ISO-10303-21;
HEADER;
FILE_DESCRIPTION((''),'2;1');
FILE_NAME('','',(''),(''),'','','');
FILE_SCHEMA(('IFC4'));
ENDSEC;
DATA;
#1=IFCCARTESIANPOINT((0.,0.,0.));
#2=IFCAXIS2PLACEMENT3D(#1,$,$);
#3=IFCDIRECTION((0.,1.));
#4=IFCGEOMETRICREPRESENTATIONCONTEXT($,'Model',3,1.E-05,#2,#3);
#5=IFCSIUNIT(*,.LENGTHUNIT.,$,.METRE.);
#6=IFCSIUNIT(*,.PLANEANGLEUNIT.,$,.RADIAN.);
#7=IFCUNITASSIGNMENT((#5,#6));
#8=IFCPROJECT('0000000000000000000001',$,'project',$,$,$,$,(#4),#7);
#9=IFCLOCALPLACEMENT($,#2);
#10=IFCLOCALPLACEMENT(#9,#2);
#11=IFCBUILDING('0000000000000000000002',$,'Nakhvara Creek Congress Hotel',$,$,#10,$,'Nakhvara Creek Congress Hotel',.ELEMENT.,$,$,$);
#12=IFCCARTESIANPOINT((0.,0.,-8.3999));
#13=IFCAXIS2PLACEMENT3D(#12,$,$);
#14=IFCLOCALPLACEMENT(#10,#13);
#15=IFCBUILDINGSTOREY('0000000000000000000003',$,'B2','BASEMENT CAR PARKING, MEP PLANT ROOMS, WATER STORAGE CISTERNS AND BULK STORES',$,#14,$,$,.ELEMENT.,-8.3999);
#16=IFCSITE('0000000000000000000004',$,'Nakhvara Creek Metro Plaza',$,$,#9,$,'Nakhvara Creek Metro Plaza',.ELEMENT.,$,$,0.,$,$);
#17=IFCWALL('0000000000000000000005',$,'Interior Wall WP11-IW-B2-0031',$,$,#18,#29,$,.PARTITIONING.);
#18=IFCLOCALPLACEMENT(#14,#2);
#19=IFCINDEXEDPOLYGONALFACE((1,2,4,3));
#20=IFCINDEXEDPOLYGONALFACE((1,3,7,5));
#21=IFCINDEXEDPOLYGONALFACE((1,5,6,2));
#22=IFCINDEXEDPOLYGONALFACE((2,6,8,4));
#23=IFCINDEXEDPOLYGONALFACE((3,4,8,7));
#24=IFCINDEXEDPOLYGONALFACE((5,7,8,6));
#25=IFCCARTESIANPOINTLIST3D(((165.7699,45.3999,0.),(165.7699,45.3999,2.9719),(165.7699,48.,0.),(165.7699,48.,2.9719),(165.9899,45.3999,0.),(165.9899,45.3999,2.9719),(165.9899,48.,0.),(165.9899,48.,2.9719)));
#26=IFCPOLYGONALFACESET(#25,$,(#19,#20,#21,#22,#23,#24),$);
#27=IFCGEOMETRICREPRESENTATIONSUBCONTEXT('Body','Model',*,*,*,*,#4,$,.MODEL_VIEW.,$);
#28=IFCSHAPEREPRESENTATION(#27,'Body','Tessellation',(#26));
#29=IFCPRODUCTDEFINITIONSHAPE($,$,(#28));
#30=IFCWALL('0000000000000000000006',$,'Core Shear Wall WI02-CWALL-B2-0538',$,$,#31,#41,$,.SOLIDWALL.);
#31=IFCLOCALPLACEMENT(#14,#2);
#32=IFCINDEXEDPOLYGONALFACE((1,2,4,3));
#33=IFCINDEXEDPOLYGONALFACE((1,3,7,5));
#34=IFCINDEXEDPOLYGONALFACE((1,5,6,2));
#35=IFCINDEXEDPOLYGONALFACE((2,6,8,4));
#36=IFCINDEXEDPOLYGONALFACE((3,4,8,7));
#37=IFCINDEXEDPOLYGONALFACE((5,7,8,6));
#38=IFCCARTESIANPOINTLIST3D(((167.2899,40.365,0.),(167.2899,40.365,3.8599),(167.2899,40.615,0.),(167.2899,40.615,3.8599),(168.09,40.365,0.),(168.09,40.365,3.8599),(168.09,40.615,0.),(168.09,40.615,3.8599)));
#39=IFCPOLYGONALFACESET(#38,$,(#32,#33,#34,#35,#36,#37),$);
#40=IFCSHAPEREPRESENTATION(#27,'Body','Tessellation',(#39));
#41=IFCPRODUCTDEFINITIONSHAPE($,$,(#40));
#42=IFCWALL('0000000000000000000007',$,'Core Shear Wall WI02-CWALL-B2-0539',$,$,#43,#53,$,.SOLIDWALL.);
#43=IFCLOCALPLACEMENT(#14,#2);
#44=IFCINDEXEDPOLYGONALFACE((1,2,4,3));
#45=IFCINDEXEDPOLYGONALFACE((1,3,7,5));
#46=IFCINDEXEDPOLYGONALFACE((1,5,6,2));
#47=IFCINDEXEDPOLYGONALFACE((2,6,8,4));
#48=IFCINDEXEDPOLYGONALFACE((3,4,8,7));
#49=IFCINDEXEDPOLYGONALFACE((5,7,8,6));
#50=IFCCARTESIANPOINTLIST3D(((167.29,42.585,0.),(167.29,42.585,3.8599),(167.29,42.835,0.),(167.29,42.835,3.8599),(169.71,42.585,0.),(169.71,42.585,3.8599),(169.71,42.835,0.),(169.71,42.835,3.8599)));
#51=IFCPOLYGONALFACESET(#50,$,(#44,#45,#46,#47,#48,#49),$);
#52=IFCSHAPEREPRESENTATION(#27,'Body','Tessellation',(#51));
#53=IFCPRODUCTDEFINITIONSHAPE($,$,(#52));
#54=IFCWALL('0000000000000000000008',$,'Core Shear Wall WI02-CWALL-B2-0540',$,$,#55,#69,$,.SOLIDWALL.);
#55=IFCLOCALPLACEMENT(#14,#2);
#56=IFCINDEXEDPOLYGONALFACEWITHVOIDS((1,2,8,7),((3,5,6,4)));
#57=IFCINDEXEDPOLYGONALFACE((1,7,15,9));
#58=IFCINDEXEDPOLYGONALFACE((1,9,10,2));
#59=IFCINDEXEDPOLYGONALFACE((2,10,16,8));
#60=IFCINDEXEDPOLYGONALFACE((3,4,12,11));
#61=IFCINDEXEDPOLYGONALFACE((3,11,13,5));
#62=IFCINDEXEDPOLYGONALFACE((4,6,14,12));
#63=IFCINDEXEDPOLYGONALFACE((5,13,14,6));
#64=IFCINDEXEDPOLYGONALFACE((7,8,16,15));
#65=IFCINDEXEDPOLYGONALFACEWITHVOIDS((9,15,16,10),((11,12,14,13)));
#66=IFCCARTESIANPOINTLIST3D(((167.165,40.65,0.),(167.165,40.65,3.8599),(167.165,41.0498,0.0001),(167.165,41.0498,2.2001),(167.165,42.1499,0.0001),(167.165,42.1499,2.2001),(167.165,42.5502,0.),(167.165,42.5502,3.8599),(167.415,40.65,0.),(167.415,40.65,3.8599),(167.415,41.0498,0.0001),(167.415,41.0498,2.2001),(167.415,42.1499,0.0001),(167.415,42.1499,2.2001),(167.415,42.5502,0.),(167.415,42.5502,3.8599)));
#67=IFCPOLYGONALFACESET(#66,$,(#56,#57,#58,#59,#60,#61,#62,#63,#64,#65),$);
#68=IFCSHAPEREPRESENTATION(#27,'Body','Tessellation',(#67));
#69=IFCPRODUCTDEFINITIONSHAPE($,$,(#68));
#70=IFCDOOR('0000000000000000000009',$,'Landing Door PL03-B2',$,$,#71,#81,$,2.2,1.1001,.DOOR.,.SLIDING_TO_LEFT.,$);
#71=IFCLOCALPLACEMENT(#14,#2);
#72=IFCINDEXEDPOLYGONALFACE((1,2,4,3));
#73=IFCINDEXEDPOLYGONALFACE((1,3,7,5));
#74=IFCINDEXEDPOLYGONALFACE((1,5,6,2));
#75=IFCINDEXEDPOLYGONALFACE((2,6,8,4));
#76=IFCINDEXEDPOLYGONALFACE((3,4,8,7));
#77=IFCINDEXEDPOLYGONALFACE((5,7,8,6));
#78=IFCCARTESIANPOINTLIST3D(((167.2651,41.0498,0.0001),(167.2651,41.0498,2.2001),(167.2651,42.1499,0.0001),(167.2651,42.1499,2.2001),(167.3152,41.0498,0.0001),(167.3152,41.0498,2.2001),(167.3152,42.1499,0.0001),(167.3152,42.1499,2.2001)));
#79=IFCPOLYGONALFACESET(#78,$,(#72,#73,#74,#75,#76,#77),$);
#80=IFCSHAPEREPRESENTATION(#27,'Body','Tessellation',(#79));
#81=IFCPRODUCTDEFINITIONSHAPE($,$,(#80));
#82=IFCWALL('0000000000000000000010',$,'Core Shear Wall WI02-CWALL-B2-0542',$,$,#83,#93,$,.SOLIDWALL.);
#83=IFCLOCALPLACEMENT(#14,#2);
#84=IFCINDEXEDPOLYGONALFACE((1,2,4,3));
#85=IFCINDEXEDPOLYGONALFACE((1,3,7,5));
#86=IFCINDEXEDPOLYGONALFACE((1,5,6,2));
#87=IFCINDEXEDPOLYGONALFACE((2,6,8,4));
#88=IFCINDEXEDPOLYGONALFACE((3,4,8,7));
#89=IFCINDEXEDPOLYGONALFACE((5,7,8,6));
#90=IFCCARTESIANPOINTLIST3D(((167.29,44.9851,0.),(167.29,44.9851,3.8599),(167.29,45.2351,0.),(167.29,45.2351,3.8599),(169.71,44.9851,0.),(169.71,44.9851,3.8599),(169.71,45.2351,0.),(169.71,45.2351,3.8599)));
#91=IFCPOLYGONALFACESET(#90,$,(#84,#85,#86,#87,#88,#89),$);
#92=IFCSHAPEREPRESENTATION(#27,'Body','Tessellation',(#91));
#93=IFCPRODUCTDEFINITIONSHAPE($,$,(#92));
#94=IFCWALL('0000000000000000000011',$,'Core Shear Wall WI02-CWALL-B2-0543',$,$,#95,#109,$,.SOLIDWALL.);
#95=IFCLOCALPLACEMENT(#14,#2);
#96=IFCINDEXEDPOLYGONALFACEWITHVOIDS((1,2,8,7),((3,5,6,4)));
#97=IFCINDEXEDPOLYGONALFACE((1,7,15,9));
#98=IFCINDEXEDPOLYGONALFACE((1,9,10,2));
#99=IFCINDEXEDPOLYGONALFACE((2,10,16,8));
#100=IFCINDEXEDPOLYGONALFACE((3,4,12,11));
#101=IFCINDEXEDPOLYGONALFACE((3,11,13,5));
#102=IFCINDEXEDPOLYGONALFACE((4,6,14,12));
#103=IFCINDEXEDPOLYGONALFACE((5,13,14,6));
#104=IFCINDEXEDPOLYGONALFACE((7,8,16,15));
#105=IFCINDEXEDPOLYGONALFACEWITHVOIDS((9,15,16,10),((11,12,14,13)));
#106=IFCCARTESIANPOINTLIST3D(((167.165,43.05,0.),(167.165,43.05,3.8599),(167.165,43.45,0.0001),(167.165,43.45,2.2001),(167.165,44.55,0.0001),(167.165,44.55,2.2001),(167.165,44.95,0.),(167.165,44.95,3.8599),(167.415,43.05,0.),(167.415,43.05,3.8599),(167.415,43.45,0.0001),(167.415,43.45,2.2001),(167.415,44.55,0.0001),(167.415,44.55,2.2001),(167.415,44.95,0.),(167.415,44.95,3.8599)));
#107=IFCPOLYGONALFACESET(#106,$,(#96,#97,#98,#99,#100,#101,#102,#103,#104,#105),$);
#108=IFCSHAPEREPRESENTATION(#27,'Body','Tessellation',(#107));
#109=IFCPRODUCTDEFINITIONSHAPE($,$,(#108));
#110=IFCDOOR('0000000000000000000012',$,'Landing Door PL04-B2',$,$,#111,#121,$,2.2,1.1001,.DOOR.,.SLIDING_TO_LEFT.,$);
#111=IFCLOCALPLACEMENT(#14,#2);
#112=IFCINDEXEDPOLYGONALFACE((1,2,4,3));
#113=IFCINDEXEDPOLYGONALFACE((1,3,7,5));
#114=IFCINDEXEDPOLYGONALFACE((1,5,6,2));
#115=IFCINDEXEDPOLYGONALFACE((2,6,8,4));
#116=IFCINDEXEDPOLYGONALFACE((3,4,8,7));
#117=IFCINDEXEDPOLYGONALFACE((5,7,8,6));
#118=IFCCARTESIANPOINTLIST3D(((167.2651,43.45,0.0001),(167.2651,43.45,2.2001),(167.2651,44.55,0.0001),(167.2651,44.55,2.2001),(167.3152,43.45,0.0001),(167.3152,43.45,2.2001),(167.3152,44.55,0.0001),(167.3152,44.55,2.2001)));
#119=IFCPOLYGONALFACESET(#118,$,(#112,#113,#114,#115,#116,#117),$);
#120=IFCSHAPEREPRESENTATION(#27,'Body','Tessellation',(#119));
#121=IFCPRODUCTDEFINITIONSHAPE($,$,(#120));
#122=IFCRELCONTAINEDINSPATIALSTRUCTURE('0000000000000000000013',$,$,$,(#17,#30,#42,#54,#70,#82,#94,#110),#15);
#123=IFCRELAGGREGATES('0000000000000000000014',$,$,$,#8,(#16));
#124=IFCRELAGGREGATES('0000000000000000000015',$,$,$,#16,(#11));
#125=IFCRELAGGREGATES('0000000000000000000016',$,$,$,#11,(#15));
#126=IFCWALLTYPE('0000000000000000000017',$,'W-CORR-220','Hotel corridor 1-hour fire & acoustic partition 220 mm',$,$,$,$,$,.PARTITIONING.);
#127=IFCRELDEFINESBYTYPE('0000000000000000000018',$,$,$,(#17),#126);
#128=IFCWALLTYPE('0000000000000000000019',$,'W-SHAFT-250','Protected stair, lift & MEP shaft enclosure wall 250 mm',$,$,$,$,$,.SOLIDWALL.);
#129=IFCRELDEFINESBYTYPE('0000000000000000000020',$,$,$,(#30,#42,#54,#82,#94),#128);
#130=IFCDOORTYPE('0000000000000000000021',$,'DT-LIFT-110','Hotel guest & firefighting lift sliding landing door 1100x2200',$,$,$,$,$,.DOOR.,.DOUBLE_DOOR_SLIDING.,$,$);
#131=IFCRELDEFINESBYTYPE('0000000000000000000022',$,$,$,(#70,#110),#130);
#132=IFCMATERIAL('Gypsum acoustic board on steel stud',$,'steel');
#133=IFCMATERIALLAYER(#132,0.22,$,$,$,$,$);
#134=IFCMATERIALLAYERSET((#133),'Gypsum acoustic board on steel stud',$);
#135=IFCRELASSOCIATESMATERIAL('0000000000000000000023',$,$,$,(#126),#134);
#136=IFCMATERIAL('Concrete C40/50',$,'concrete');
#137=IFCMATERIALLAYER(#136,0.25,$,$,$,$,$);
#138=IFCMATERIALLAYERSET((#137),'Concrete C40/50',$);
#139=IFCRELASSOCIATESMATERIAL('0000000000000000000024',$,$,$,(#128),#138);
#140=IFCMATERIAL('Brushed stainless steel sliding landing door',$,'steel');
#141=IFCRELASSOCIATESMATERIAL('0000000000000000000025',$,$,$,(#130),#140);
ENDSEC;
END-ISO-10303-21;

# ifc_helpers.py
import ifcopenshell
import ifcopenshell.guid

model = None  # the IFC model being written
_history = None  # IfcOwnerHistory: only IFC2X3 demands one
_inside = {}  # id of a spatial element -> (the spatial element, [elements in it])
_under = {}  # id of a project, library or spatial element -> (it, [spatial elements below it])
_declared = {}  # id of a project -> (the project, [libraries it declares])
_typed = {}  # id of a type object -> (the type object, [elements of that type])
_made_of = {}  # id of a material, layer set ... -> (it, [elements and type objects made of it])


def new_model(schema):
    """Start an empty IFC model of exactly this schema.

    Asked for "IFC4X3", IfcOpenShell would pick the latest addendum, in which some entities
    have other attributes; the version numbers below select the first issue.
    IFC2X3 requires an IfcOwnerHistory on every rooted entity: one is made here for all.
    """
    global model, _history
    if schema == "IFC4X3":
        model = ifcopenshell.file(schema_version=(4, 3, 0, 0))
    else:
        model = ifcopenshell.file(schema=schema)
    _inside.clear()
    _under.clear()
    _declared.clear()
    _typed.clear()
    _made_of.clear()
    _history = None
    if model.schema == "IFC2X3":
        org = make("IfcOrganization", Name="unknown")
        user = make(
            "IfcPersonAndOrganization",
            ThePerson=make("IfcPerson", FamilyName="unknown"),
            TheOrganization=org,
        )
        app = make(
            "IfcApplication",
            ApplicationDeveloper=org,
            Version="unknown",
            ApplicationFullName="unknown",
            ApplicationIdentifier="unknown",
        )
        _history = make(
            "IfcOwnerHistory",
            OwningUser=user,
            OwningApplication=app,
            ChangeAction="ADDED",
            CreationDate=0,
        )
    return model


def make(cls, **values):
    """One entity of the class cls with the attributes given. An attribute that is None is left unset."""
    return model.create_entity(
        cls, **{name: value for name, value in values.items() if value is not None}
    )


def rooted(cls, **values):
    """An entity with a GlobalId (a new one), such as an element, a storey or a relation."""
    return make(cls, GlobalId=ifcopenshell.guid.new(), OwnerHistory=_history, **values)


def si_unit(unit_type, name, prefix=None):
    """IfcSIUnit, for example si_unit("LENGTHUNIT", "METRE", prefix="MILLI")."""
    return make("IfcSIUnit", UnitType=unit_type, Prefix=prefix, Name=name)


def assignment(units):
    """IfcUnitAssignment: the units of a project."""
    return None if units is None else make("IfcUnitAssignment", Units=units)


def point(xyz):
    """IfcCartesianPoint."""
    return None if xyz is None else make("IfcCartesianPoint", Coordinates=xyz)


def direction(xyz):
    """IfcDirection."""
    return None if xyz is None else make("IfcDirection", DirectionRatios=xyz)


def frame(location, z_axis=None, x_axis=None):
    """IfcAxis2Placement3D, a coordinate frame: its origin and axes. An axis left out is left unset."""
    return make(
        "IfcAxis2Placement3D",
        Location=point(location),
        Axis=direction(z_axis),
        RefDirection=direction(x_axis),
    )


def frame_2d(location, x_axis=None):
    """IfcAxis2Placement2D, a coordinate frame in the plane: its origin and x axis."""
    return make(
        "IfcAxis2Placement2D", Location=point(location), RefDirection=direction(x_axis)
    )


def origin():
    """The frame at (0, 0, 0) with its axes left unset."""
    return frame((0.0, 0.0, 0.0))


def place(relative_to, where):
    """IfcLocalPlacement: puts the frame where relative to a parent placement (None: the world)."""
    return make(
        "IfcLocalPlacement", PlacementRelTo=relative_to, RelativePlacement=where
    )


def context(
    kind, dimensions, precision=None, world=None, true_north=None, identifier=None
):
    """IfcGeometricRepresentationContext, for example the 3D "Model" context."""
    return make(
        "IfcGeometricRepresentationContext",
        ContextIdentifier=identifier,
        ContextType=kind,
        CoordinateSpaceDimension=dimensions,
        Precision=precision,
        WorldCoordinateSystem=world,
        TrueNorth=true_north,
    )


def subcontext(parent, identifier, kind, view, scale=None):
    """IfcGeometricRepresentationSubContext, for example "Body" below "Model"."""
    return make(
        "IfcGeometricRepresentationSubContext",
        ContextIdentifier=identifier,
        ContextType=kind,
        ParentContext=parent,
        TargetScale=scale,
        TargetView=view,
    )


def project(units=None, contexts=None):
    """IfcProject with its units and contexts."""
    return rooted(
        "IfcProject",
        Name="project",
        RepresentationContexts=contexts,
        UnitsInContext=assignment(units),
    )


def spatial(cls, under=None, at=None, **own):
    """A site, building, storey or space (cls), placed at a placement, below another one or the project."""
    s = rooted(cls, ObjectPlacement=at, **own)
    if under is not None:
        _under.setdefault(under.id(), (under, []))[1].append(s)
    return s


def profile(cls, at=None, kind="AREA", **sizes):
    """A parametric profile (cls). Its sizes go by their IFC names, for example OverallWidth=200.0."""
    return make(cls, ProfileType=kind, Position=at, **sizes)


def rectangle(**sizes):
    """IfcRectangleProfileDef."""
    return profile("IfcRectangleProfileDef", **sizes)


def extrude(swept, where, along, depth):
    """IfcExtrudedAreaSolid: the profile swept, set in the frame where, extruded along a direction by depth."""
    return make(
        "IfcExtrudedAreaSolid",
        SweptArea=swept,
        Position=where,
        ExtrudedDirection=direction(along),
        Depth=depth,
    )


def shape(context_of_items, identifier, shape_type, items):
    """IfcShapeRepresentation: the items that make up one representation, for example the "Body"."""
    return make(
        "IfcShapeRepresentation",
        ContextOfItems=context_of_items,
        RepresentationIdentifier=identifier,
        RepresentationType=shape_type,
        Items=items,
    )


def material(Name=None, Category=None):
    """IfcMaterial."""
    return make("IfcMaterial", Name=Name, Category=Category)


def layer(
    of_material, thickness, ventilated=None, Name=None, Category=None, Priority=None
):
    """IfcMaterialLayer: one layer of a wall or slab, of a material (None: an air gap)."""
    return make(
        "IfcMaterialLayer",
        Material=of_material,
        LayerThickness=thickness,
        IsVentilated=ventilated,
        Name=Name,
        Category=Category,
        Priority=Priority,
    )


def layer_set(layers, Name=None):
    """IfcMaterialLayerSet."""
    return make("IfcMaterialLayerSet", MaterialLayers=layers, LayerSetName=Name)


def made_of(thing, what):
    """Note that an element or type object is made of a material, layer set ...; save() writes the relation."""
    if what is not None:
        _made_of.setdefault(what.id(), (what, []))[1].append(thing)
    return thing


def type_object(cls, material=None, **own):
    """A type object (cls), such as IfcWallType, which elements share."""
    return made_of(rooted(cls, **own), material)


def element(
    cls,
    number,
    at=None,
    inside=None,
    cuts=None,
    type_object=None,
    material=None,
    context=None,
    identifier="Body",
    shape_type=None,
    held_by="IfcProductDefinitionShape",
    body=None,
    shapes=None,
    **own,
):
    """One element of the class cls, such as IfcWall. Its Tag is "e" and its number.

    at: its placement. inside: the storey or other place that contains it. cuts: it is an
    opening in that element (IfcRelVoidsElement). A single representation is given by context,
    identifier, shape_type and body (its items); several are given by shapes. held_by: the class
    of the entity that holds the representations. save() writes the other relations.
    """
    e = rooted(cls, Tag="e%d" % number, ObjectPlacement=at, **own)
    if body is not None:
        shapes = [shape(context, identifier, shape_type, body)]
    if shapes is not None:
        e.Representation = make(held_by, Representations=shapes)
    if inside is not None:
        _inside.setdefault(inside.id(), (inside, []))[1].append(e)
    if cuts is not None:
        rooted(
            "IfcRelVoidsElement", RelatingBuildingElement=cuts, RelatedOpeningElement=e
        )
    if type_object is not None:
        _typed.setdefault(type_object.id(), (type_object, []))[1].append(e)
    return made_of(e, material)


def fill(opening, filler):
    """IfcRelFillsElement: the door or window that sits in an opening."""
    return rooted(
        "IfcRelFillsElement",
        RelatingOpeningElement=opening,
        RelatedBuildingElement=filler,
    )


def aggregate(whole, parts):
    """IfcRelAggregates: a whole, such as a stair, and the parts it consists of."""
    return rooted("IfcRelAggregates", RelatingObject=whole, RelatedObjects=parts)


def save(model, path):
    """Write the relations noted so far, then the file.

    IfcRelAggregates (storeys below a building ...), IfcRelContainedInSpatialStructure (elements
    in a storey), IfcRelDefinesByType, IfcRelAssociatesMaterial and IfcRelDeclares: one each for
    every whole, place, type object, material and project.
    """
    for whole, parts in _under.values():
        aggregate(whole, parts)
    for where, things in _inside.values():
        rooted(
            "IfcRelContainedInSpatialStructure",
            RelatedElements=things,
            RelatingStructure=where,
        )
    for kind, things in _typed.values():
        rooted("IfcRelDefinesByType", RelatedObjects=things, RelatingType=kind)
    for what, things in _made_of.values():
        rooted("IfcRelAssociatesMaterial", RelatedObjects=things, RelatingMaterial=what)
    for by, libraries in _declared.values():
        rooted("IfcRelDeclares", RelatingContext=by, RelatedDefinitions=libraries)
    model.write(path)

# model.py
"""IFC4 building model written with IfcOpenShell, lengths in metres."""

from ifc_helpers import new_model, si_unit, direction, frame, frame_2d, origin, place, context, subcontext, project, spatial, rectangle, extrude, material, layer, layer_set, type_object, element, fill, save


model = new_model("IFC4")

# Units and contexts
model_context = context("Model", 3, precision=1e-05, world=origin(), true_north=direction((0.0, 1.0)))
body_context = subcontext(model_context, "Body", "Model", "MODEL_VIEW")
ifc_project = project(units=[si_unit("LENGTHUNIT", "METRE"), si_unit("PLANEANGLEUNIT", "RADIAN")], contexts=[model_context])

# Site, building, storey
site_placement = place(None, origin())
site = spatial("IfcSite", under=ifc_project, at=site_placement, Name="Nakhvara Creek Metro Plaza", LongName="Nakhvara Creek Metro Plaza", CompositionType="ELEMENT", RefElevation=0.0)
building_placement = place(site_placement, origin())
building = spatial("IfcBuilding", under=site, at=building_placement, Name="Nakhvara Creek Congress Hotel", LongName="Nakhvara Creek Congress Hotel", CompositionType="ELEMENT")
storey_placement = place(building_placement, frame((0.0, 0.0, -8.3999)))
storey = spatial("IfcBuildingStorey", under=building, at=storey_placement, Name="B2", Description="BASEMENT CAR PARKING, MEP PLANT ROOMS, WATER STORAGE CISTERNS AND BULK STORES", CompositionType="ELEMENT", Elevation=-8.3999)

# Shared definitions
ifc_material_1 = material(Name="Concrete C40/50", Category="concrete")

# Walls
ifc_material_2 = material(Name="Gypsum acoustic board on steel stud", Category="steel")
ifc_layer_1 = layer(ifc_material_2, 0.22)
ifc_layer_set_1 = layer_set([ifc_layer_1], Name="Gypsum acoustic board on steel stud")
wall_type_1 = type_object("IfcWallType", Name="W-CORR-220", Description="Hotel corridor 1-hour fire & acoustic partition 220 mm", PredefinedType="PARTITIONING", material=ifc_layer_set_1)
wall_1_placement = place(storey_placement, frame((165.8799, 45.3999, 0.0), z_axis=(0.0, 0.0, 1.0), x_axis=(0.0, 1.0, 0.0)))
element("IfcWall", 1, at=wall_1_placement, inside=storey, type_object=wall_type_1, Name="Interior Wall WP11-IW-B2-0031", PredefinedType="PARTITIONING", context=body_context, shape_type="SweptSolid", body=[
    extrude(rectangle(XDim=2.6001, YDim=0.22, at=frame_2d((1.3, 0.0))), origin(), (0.0, 0.0, 1.0), 2.9719),
])
ifc_layer_2 = layer(ifc_material_1, 0.25)
ifc_layer_set_2 = layer_set([ifc_layer_2], Name="Concrete C40/50")
wall_type_2 = type_object("IfcWallType", Name="W-SHAFT-250", Description="Protected stair, lift & MEP shaft enclosure wall 250 mm", PredefinedType="SOLIDWALL", material=ifc_layer_set_2)
wall_2_placement = place(storey_placement, frame((167.29, 40.49, 0.0), z_axis=(0.0, 0.0, 1.0), x_axis=(1.0, 0.0, 0.0)))
element("IfcWall", 2, at=wall_2_placement, inside=storey, type_object=wall_type_2, Name="Core Shear Wall WI02-CWALL-B2-0538", PredefinedType="SOLIDWALL", context=body_context, shape_type="SweptSolid", body=[
    extrude(rectangle(XDim=0.8, YDim=0.25, at=frame_2d((0.3999, 0.0))), origin(), (0.0, 0.0, 1.0), 3.8599),
])
wall_3_placement = place(storey_placement, frame((167.29, 42.71, 0.0), z_axis=(0.0, 0.0, 1.0), x_axis=(1.0, 0.0, 0.0)))
element("IfcWall", 3, at=wall_3_placement, inside=storey, type_object=wall_type_2, Name="Core Shear Wall WI02-CWALL-B2-0539", PredefinedType="SOLIDWALL", context=body_context, shape_type="SweptSolid", body=[
    extrude(rectangle(XDim=2.4199, YDim=0.25, at=frame_2d((1.21, 0.0))), origin(), (0.0, 0.0, 1.0), 3.8599),
])

# Wall, opening, door
wall_4_placement = place(storey_placement, frame((167.29, 40.6499, 0.0), z_axis=(0.0, 0.0, 1.0), x_axis=(0.0, 1.0, 0.0)))
wall_4 = element("IfcWall", 4, at=wall_4_placement, inside=storey, type_object=wall_type_2, Name="Core Shear Wall WI02-CWALL-B2-0540", PredefinedType="SOLIDWALL", context=body_context, shape_type="SweptSolid", body=[
    extrude(rectangle(XDim=1.9001, YDim=0.25, at=frame_2d((0.9502, 0.0))), origin(), (0.0, 0.0, 1.0), 3.8599),
])
opening_1_placement = place(wall_4_placement, frame((0.3999, 0.0, 0.0)))
opening_1 = element("IfcOpeningElement", 5, at=opening_1_placement, cuts=wall_4, PredefinedType="OPENING", context=body_context, shape_type="SweptSolid", body=[
    extrude(rectangle(XDim=1.1001, YDim=2.2, at=frame_2d((0.55, 1.1001))), frame((0.0, 0.137, 0.0), z_axis=(0.0, -1.0, 0.0), x_axis=(1.0, 0.0, 0.0)), (0.0, 0.0, 1.0), 0.2739),
])
ifc_material_3 = material(Name="Brushed stainless steel sliding landing door", Category="steel")
door_type_1 = type_object("IfcDoorType", Name="DT-LIFT-110", Description="Hotel guest & firefighting lift sliding landing door 1100x2200", OperationType="DOUBLE_DOOR_SLIDING", PredefinedType="DOOR", material=ifc_material_3)
door_1_placement = place(opening_1_placement, origin())
door_1 = element("IfcDoor", 6, at=door_1_placement, inside=storey, type_object=door_type_1, Name="Landing Door PL03-B2", OperationType="SLIDING_TO_LEFT", OverallHeight=2.2, OverallWidth=1.1001, PredefinedType="DOOR", context=body_context, shape_type="SweptSolid", body=[
    extrude(rectangle(XDim=1.1001, YDim=2.2, at=frame_2d((0.55, 1.1001))), frame((0.0, 0.0249, 0.0), z_axis=(0.0, -1.0, 0.0), x_axis=(1.0, 0.0, 0.0)), (0.0, 0.0, 1.0), 0.05),
])
fill(opening_1, door_1)

# Wall
wall_5_placement = place(storey_placement, frame((167.29, 45.1101, 0.0), z_axis=(0.0, 0.0, 1.0), x_axis=(1.0, 0.0, 0.0)))
element("IfcWall", 7, at=wall_5_placement, inside=storey, type_object=wall_type_2, Name="Core Shear Wall WI02-CWALL-B2-0542", PredefinedType="SOLIDWALL", context=body_context, shape_type="SweptSolid", body=[
    extrude(rectangle(XDim=2.4199, YDim=0.25, at=frame_2d((1.21, 0.0))), origin(), (0.0, 0.0, 1.0), 3.8599),
])

# Wall, opening, door
wall_6_placement = place(storey_placement, frame((167.29, 43.05, 0.0), z_axis=(0.0, 0.0, 1.0), x_axis=(0.0, 1.0, 0.0)))
wall_6 = element("IfcWall", 8, at=wall_6_placement, inside=storey, type_object=wall_type_2, Name="Core Shear Wall WI02-CWALL-B2-0543", PredefinedType="SOLIDWALL", context=body_context, shape_type="SweptSolid", body=[
    extrude(rectangle(XDim=1.8999, YDim=0.25, at=frame_2d((0.95, 0.0))), origin(), (0.0, 0.0, 1.0), 3.8599),
])
opening_2_placement = place(wall_6_placement, frame((0.3999, 0.0, 0.0)))
opening_2 = element("IfcOpeningElement", 9, at=opening_2_placement, cuts=wall_6, PredefinedType="OPENING", context=body_context, shape_type="SweptSolid", body=[
    extrude(rectangle(XDim=1.1001, YDim=2.2, at=frame_2d((0.55, 1.1001))), frame((0.0, 0.137, 0.0), z_axis=(0.0, -1.0, 0.0), x_axis=(1.0, 0.0, 0.0)), (0.0, 0.0, 1.0), 0.2739),
])
door_2_placement = place(opening_2_placement, origin())
door_2 = element("IfcDoor", 10, at=door_2_placement, inside=storey, type_object=door_type_1, Name="Landing Door PL04-B2", OperationType="SLIDING_TO_LEFT", OverallHeight=2.2, OverallWidth=1.1001, PredefinedType="DOOR", context=body_context, shape_type="SweptSolid", body=[
    extrude(rectangle(XDim=1.1001, YDim=2.2, at=frame_2d((0.55, 1.1001))), frame((0.0, 0.0249, 0.0), z_axis=(0.0, -1.0, 0.0), x_axis=(1.0, 0.0, 0.0)), (0.0, 0.0, 1.0), 0.05),
])
fill(opening_2, door_2)

save(model, "model.ifc")
